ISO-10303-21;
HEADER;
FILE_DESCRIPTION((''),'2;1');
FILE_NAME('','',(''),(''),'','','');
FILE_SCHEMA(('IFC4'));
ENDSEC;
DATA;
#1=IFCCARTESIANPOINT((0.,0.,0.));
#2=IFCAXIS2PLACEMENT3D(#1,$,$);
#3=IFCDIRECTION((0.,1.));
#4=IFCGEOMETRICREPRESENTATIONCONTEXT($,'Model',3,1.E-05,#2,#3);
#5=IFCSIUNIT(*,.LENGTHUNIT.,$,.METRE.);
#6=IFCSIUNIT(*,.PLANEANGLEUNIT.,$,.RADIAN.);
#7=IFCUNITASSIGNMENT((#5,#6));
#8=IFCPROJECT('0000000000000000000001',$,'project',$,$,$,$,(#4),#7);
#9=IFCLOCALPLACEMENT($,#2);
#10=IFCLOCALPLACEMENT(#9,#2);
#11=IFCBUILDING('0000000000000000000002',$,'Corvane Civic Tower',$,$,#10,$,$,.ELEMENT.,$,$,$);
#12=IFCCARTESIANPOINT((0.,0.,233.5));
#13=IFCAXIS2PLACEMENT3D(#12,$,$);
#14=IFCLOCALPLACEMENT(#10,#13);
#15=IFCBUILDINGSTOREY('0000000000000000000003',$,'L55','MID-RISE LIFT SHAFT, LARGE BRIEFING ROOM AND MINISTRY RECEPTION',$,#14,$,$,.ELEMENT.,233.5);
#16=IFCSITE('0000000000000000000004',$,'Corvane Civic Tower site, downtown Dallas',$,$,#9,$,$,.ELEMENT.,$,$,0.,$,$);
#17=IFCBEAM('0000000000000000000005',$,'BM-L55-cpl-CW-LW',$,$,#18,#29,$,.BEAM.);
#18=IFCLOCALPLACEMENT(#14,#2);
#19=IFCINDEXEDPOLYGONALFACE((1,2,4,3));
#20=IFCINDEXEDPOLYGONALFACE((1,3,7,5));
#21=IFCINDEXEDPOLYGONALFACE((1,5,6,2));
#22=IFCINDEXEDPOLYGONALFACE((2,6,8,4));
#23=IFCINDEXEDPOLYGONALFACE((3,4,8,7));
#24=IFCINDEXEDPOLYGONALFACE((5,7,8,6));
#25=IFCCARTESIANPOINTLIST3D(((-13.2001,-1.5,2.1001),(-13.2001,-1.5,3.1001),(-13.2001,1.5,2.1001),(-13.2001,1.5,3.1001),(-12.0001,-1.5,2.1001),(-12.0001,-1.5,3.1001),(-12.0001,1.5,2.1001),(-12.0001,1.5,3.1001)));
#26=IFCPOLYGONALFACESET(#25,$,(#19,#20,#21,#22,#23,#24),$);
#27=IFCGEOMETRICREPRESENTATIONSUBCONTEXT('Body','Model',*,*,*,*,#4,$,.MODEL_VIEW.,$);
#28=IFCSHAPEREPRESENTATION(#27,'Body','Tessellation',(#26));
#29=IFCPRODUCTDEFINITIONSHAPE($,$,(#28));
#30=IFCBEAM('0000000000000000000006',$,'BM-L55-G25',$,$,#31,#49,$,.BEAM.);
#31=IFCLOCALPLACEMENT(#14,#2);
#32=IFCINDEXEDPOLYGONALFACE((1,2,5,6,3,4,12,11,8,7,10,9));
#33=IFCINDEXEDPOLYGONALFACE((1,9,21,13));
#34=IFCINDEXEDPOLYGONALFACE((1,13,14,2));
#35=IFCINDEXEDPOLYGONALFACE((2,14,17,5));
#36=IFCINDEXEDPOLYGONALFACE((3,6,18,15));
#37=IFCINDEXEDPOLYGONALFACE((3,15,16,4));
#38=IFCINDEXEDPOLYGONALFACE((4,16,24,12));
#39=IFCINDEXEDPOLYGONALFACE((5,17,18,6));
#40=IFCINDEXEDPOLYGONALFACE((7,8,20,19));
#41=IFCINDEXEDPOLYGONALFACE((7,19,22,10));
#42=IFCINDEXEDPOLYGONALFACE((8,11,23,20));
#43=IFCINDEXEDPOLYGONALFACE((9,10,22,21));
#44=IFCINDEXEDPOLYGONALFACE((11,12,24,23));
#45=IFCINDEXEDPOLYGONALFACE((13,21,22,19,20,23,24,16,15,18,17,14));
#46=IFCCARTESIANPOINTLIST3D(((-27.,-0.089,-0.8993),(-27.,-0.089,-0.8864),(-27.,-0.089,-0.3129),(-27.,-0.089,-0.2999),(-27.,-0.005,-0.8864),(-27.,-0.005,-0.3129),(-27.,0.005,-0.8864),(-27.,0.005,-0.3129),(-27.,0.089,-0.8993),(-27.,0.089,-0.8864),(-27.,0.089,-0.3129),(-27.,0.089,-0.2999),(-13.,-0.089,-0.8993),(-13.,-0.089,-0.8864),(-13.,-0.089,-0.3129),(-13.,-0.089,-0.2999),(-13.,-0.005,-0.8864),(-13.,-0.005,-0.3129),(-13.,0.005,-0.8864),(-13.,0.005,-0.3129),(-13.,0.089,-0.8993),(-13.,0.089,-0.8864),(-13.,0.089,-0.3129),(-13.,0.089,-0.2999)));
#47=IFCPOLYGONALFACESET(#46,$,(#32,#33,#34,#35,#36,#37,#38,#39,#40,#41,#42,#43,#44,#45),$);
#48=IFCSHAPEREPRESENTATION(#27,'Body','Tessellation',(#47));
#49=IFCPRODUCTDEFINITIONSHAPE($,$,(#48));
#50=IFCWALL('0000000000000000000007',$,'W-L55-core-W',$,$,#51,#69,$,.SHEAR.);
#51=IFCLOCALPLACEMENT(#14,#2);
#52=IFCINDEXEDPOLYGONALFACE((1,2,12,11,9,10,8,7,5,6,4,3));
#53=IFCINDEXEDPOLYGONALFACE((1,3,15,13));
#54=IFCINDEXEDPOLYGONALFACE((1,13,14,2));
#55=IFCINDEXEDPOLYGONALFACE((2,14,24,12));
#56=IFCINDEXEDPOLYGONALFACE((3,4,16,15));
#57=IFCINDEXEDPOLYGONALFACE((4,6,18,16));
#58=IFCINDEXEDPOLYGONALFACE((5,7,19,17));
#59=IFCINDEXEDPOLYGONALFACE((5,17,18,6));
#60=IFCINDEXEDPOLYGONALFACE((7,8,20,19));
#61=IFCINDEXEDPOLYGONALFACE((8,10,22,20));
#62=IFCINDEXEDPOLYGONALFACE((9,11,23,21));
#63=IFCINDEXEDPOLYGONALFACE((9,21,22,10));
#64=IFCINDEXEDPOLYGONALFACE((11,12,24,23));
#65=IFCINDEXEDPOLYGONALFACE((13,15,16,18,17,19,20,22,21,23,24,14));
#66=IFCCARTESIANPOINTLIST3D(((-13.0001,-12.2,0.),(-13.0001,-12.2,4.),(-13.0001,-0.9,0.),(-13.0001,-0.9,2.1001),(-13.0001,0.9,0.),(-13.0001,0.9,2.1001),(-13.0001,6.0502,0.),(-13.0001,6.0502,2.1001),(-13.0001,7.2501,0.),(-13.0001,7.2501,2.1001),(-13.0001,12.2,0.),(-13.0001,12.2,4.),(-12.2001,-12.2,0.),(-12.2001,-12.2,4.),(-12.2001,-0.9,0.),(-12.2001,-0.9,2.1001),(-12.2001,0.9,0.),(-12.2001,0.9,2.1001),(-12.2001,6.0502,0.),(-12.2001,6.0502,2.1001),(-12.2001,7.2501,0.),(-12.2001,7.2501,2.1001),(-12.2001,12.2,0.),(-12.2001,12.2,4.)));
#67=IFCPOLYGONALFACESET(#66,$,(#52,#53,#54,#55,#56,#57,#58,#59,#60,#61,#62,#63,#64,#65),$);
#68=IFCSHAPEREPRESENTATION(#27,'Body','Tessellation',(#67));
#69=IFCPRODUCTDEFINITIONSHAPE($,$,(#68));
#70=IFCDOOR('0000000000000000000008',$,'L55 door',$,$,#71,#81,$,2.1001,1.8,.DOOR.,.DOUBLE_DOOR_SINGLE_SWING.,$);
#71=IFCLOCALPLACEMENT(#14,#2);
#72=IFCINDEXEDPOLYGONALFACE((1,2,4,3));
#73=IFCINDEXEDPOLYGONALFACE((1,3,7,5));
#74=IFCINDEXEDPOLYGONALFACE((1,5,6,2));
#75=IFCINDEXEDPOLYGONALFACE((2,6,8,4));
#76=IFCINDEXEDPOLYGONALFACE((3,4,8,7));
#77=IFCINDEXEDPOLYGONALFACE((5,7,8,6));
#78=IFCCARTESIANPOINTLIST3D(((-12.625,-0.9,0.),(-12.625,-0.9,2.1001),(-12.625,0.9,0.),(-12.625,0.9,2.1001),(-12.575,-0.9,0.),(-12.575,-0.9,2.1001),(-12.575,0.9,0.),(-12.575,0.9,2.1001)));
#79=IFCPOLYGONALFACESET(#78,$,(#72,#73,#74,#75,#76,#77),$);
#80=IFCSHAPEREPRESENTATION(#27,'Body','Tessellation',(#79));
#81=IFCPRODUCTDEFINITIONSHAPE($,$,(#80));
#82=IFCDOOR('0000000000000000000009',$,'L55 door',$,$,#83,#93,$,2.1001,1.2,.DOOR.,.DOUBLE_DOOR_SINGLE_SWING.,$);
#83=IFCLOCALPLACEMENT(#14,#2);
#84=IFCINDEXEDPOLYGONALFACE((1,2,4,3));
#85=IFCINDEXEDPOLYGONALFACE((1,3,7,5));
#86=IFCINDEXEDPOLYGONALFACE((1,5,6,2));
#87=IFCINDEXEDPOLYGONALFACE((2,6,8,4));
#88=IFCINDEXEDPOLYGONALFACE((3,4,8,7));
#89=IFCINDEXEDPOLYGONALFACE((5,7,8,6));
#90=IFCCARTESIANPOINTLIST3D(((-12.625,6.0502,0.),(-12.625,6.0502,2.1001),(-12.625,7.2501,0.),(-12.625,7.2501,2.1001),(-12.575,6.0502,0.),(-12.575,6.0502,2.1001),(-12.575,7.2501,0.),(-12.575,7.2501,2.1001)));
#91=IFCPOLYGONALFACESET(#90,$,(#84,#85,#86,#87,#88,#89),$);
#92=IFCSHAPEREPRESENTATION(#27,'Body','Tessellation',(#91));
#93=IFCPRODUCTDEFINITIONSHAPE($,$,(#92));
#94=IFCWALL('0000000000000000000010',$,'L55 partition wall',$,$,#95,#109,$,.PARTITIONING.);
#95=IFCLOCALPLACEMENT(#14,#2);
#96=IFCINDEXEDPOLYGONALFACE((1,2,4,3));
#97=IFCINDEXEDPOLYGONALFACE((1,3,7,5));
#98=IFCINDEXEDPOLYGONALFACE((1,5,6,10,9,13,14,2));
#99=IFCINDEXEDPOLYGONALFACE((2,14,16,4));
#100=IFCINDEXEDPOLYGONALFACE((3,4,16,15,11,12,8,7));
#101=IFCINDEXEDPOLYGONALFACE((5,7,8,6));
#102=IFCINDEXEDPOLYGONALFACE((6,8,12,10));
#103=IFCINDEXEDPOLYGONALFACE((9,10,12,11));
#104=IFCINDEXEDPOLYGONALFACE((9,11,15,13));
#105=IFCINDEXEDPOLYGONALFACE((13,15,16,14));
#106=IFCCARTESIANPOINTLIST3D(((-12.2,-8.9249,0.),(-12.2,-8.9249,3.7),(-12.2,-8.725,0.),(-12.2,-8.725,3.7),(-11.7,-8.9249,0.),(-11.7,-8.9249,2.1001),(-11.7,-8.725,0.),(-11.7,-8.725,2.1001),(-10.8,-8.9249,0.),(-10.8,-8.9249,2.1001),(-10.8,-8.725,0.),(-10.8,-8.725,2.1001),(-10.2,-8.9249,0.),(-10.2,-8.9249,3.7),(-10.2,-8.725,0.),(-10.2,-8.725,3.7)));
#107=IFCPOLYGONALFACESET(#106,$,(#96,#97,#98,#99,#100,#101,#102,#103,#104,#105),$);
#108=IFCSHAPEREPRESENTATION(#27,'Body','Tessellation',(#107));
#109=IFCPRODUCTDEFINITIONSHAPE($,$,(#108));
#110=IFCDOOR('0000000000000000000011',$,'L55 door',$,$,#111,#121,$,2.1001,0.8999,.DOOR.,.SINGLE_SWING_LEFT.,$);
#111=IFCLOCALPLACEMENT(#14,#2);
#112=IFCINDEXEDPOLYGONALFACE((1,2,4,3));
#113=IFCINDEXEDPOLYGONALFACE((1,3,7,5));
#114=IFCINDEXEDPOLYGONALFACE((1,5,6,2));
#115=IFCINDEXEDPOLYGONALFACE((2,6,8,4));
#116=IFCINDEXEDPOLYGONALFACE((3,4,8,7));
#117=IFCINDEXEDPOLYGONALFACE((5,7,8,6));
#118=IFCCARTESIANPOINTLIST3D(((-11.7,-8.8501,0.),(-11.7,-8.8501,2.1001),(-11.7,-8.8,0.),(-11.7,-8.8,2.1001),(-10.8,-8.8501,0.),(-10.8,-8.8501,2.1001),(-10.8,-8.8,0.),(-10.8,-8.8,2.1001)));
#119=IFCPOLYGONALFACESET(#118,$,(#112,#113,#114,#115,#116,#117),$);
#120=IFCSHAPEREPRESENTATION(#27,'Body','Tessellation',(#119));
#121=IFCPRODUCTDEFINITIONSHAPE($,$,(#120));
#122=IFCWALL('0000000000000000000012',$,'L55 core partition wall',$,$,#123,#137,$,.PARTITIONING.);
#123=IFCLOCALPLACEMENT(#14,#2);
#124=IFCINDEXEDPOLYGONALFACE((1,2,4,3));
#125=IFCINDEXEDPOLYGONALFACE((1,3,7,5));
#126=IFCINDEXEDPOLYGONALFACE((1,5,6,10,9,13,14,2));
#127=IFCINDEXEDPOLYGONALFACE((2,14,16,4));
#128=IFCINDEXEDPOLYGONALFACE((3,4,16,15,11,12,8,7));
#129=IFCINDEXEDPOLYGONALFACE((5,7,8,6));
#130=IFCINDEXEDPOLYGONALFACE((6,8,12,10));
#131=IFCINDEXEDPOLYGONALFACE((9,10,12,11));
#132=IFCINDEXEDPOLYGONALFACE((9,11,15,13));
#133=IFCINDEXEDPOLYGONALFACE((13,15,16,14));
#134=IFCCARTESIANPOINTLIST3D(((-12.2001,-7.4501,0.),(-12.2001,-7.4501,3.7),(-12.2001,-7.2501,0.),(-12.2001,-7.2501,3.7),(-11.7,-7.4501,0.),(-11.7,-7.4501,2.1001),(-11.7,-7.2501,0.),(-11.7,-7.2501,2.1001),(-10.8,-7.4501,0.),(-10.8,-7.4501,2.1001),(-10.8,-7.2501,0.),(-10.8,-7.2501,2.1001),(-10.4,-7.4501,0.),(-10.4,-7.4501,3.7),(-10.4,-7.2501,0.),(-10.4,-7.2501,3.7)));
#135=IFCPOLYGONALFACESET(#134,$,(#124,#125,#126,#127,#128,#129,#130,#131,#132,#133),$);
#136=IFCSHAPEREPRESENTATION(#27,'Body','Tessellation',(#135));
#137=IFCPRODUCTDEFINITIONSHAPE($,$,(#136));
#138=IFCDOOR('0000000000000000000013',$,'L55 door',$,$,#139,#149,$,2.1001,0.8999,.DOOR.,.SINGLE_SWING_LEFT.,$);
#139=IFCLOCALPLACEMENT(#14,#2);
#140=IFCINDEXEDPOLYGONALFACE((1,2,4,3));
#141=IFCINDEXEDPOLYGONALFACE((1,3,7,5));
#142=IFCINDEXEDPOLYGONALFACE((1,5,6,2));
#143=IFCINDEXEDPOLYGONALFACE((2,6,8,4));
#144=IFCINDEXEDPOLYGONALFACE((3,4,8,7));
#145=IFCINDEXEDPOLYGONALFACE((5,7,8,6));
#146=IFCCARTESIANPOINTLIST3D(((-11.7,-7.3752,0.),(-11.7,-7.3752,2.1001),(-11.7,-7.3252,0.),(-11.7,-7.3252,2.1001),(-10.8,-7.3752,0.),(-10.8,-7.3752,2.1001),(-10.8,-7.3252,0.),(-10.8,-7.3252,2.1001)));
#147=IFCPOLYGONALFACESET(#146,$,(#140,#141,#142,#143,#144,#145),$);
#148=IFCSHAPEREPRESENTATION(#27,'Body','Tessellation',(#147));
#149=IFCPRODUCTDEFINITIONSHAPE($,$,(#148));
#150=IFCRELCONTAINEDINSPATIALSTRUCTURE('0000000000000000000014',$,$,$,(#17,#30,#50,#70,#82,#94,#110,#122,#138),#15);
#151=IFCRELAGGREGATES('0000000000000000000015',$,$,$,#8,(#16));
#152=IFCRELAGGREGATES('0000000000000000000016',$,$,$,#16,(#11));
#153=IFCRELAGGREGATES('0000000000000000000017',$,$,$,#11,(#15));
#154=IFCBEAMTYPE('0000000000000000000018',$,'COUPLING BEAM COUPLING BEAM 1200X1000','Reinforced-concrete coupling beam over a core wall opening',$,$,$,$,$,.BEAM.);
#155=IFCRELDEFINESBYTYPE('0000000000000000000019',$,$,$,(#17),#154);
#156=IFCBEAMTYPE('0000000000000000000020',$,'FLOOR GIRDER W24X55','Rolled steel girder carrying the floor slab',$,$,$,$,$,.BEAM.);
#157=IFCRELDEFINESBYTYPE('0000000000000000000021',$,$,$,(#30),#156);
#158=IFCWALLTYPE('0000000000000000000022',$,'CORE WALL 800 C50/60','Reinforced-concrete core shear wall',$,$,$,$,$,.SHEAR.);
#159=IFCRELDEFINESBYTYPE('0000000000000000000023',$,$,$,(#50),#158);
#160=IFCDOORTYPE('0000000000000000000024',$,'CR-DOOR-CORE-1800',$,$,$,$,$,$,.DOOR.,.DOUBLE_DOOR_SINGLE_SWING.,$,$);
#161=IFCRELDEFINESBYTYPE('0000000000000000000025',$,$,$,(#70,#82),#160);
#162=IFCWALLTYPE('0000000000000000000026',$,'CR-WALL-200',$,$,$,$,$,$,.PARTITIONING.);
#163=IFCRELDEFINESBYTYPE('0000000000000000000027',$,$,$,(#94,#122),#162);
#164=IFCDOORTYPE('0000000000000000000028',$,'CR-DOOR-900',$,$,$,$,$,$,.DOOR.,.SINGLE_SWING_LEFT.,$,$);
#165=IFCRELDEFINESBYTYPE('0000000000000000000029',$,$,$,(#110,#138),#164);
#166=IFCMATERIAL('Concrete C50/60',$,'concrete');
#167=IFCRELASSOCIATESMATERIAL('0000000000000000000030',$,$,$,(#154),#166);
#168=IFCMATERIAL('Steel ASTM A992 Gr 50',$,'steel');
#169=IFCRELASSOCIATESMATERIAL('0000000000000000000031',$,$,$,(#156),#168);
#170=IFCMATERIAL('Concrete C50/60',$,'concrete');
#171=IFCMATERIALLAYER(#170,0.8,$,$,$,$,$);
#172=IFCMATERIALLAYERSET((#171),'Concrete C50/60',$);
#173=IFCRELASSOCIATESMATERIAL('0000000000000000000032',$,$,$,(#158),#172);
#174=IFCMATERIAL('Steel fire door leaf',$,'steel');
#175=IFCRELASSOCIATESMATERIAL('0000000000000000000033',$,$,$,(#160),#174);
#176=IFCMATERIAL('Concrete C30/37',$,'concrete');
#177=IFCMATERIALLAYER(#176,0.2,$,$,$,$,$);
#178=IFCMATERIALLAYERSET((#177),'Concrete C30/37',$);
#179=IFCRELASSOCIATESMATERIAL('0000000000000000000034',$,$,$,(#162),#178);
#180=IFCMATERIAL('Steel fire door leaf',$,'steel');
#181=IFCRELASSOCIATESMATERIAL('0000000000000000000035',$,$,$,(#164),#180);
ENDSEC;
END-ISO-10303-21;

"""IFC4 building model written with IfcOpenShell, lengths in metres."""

from ifc_helpers import new_model, si_unit, direction, frame, frame_2d, origin, origin_2d, place, context, subcontext, project, spatial, rectangle, i_section, extrude, material, layer, layer_set, material_profile, profile_set, type_object, element, fill, save


model = new_model("IFC4")

# Units and contexts
model_context = context("Model", 3, precision=1e-05, world=origin(), true_north=direction((0.0, 1.0)))
body_context = subcontext(model_context, "Body", "Model", "MODEL_VIEW")
ifc_project = project(units=[si_unit("LENGTHUNIT", "METRE"), si_unit("PLANEANGLEUNIT", "RADIAN")], contexts=[model_context])

# Site, building, storey
site_placement = place(None, origin())
site = spatial("IfcSite", under=ifc_project, at=site_placement, Name="Corvane Civic Tower site, downtown Dallas", CompositionType="ELEMENT", RefElevation=0.0)
building_placement = place(site_placement, origin())
building = spatial("IfcBuilding", under=site, at=building_placement, Name="Corvane Civic Tower", CompositionType="ELEMENT")
storey_placement = place(building_placement, frame((0.0, 0.0, 233.5)))
storey = spatial("IfcBuildingStorey", under=building, at=storey_placement, Name="L55", Description="MID-RISE LIFT SHAFT, LARGE BRIEFING ROOM AND MINISTRY RECEPTION", CompositionType="ELEMENT", Elevation=233.5)

# Beams
ifc_material_1 = material(Name="Concrete C50/60", Category="concrete")
ifc_material_profile_1 = material_profile(ifc_material_1, rectangle(XDim=1.2, YDim=1.0, at=origin_2d()), Name="COUPLING BEAM 1200X1000")
ifc_profile_set_1 = profile_set([ifc_material_profile_1], Name="Concrete C50/60")
beam_type_1 = type_object("IfcBeamType", Name="COUPLING BEAM COUPLING BEAM 1200X1000", Description="Reinforced-concrete coupling beam over a core wall opening", PredefinedType="BEAM", material=ifc_profile_set_1)
beam_1_placement = place(storey_placement, frame((-12.6001, -1.5, 2.6001), z_axis=(0.0, 1.0, 0.0), x_axis=(-1.0, 0.0, 0.0)))
element("IfcBeam", 1, at=beam_1_placement, inside=storey, type_object=beam_type_1, Name="BM-L55-cpl-CW-LW", PredefinedType="BEAM", context=body_context, shape_type="SweptSolid", body=[
    extrude(rectangle(XDim=1.2, YDim=1.0, at=origin_2d()), origin(), (0.0, 0.0, 1.0), 3.0),
])
ifc_material_2 = material(Name="Steel ASTM A992 Gr 50", Category="steel")
ifc_material_profile_2 = material_profile(ifc_material_2, i_section(OverallWidth=0.178, OverallDepth=0.5994, WebThickness=0.01, FlangeThickness=0.0129, at=origin_2d()), Name="W24X55")
ifc_profile_set_2 = profile_set([ifc_material_profile_2], Name="Steel ASTM A992 Gr 50")
beam_type_2 = type_object("IfcBeamType", Name="FLOOR GIRDER W24X55", Description="Rolled steel girder carrying the floor slab", PredefinedType="BEAM", material=ifc_profile_set_2)
beam_2_placement = place(storey_placement, frame((-13.0, 0.0, -0.5996), z_axis=(-1.0, 0.0, 0.0), x_axis=(0.0, -1.0, 0.0)))
element("IfcBeam", 2, at=beam_2_placement, inside=storey, type_object=beam_type_2, Name="BM-L55-G25", PredefinedType="BEAM", context=body_context, shape_type="SweptSolid", body=[
    extrude(i_section(OverallWidth=0.178, OverallDepth=0.5994, WebThickness=0.01, FlangeThickness=0.0129, at=origin_2d()), origin(), (0.0, 0.0, 1.0), 14.0),
])

# Wall, openings, doors
ifc_material_3 = material(Name="Concrete C50/60", Category="concrete")
ifc_layer_1 = layer(ifc_material_3, 0.8)
ifc_layer_set_1 = layer_set([ifc_layer_1], Name="Concrete C50/60")
wall_type_1 = type_object("IfcWallType", Name="CORE WALL 800 C50/60", Description="Reinforced-concrete core shear wall", PredefinedType="SHEAR", material=ifc_layer_set_1)
wall_1_placement = place(storey_placement, frame((-12.6001, -12.2, 0.0), z_axis=(0.0, 0.0, 1.0), x_axis=(0.0, 1.0, 0.0)))
wall_1 = element("IfcWall", 3, at=wall_1_placement, inside=storey, type_object=wall_type_1, Name="W-L55-core-W", PredefinedType="SHEAR", context=body_context, shape_type="SweptSolid", body=[
    extrude(rectangle(XDim=24.3999, YDim=0.8, at=frame_2d((12.2, 0.0))), origin(), (0.0, 0.0, 1.0), 4.0),
])
opening_1_placement = place(wall_1_placement, frame((11.3, 0.0, 0.0)))
opening_1 = element("IfcOpeningElement", 4, at=opening_1_placement, cuts=wall_1, PredefinedType="OPENING", context=body_context, shape_type="SweptSolid", body=[
    extrude(rectangle(XDim=1.8, YDim=2.1001, at=frame_2d((0.8999, 1.05))), frame((0.0, 0.4099, 0.0), z_axis=(0.0, -1.0, 0.0), x_axis=(1.0, 0.0, 0.0)), (0.0, 0.0, 1.0), 0.8201),
])
opening_2_placement = place(wall_1_placement, frame((18.25, 0.0, 0.0)))
opening_2 = element("IfcOpeningElement", 5, at=opening_2_placement, cuts=wall_1, PredefinedType="OPENING", context=body_context, shape_type="SweptSolid", body=[
    extrude(rectangle(XDim=1.2, YDim=2.1001, at=frame_2d((0.6001, 1.05))), frame((0.0, 0.4099, 0.0), z_axis=(0.0, -1.0, 0.0), x_axis=(1.0, 0.0, 0.0)), (0.0, 0.0, 1.0), 0.8201),
])
ifc_material_4 = material(Name="Steel fire door leaf", Category="steel")
door_type_1 = type_object("IfcDoorType", Name="CR-DOOR-CORE-1800", OperationType="DOUBLE_DOOR_SINGLE_SWING", PredefinedType="DOOR", material=ifc_material_4)
door_1_placement = place(opening_1_placement, origin())
door_1 = element("IfcDoor", 6, at=door_1_placement, inside=storey, type_object=door_type_1, Name="L55 door", OperationType="DOUBLE_DOOR_SINGLE_SWING", OverallHeight=2.1001, OverallWidth=1.8, PredefinedType="DOOR", context=body_context, shape_type="SweptSolid", body=[
    extrude(rectangle(XDim=1.8, YDim=2.1001, at=frame_2d((0.8999, 1.05))), frame((0.0, 0.0249, 0.0), z_axis=(0.0, -1.0, 0.0), x_axis=(1.0, 0.0, 0.0)), (0.0, 0.0, 1.0), 0.05),
])
fill(opening_1, door_1)
door_2_placement = place(opening_2_placement, origin())
door_2 = element("IfcDoor", 7, at=door_2_placement, inside=storey, type_object=door_type_1, Name="L55 door", OperationType="DOUBLE_DOOR_SINGLE_SWING", OverallHeight=2.1001, OverallWidth=1.2, PredefinedType="DOOR", context=body_context, shape_type="SweptSolid", body=[
    extrude(rectangle(XDim=1.2, YDim=2.1001, at=frame_2d((0.6001, 1.05))), frame((0.0, 0.0249, 0.0), z_axis=(0.0, -1.0, 0.0), x_axis=(1.0, 0.0, 0.0)), (0.0, 0.0, 1.0), 0.05),
])
fill(opening_2, door_2)

# Walls, openings, doors
ifc_material_5 = material(Name="Concrete C30/37", Category="concrete")
ifc_layer_2 = layer(ifc_material_5, 0.2)
ifc_layer_set_2 = layer_set([ifc_layer_2], Name="Concrete C30/37")
wall_type_2 = type_object("IfcWallType", Name="CR-WALL-200", PredefinedType="PARTITIONING", material=ifc_layer_set_2)
wall_2_placement = place(storey_placement, frame((-12.2, -8.825, 0.0), z_axis=(0.0, 0.0, 1.0), x_axis=(1.0, 0.0, 0.0)))
wall_2 = element("IfcWall", 8, at=wall_2_placement, inside=storey, type_object=wall_type_2, Name="L55 partition wall", PredefinedType="PARTITIONING", context=body_context, shape_type="SweptSolid", body=[
    extrude(rectangle(XDim=2.0, YDim=0.2, at=frame_2d((1.0, 0.0))), origin(), (0.0, 0.0, 1.0), 3.7),
])
opening_3_placement = place(wall_2_placement, frame((0.5, 0.0, 0.0)))
opening_3 = element("IfcOpeningElement", 9, at=opening_3_placement, cuts=wall_2, PredefinedType="OPENING", context=body_context, shape_type="SweptSolid", body=[
    extrude(rectangle(XDim=0.8999, YDim=2.1001, at=frame_2d((0.45, 1.05))), frame((0.0, 0.1099, 0.0), z_axis=(0.0, -1.0, 0.0), x_axis=(1.0, 0.0, 0.0)), (0.0, 0.0, 1.0), 0.22),
])
ifc_material_6 = material(Name="Steel fire door leaf", Category="steel")
door_type_2 = type_object("IfcDoorType", Name="CR-DOOR-900", OperationType="SINGLE_SWING_LEFT", PredefinedType="DOOR", material=ifc_material_6)
door_3_placement = place(opening_3_placement, origin())
door_3 = element("IfcDoor", 10, at=door_3_placement, inside=storey, type_object=door_type_2, Name="L55 door", OperationType="SINGLE_SWING_LEFT", OverallHeight=2.1001, OverallWidth=0.8999, PredefinedType="DOOR", context=body_context, shape_type="SweptSolid", body=[
    extrude(rectangle(XDim=0.8999, YDim=2.1001, at=frame_2d((0.45, 1.05))), frame((0.0, 0.0249, 0.0), z_axis=(0.0, -1.0, 0.0), x_axis=(1.0, 0.0, 0.0)), (0.0, 0.0, 1.0), 0.05),
])
fill(opening_3, door_3)
wall_3_placement = place(storey_placement, frame((-12.2, -7.3501, 0.0), z_axis=(0.0, 0.0, 1.0), x_axis=(1.0, 0.0, 0.0)))
wall_3 = element("IfcWall", 11, at=wall_3_placement, inside=storey, type_object=wall_type_2, Name="L55 core partition wall", PredefinedType="PARTITIONING", context=body_context, shape_type="SweptSolid", body=[
    extrude(rectangle(XDim=1.8, YDim=0.2, at=frame_2d((0.8999, 0.0))), origin(), (0.0, 0.0, 1.0), 3.7),
])
opening_4_placement = place(wall_3_placement, frame((0.5, 0.0, 0.0)))
opening_4 = element("IfcOpeningElement", 12, at=opening_4_placement, cuts=wall_3, PredefinedType="OPENING", context=body_context, shape_type="SweptSolid", body=[
    extrude(rectangle(XDim=0.8999, YDim=2.1001, at=frame_2d((0.45, 1.05))), frame((0.0, 0.1099, 0.0), z_axis=(0.0, -1.0, 0.0), x_axis=(1.0, 0.0, 0.0)), (0.0, 0.0, 1.0), 0.22),
])
door_4_placement = place(opening_4_placement, origin())
door_4 = element("IfcDoor", 13, at=door_4_placement, inside=storey, type_object=door_type_2, Name="L55 door", OperationType="SINGLE_SWING_LEFT", OverallHeight=2.1001, OverallWidth=0.8999, PredefinedType="DOOR", context=body_context, shape_type="SweptSolid", body=[
    extrude(rectangle(XDim=0.8999, YDim=2.1001, at=frame_2d((0.45, 1.05))), frame((0.0, 0.0249, 0.0), z_axis=(0.0, -1.0, 0.0), x_axis=(1.0, 0.0, 0.0)), (0.0, 0.0, 1.0), 0.05),
])
fill(opening_4, door_4)

save(model, "model.ifc")
